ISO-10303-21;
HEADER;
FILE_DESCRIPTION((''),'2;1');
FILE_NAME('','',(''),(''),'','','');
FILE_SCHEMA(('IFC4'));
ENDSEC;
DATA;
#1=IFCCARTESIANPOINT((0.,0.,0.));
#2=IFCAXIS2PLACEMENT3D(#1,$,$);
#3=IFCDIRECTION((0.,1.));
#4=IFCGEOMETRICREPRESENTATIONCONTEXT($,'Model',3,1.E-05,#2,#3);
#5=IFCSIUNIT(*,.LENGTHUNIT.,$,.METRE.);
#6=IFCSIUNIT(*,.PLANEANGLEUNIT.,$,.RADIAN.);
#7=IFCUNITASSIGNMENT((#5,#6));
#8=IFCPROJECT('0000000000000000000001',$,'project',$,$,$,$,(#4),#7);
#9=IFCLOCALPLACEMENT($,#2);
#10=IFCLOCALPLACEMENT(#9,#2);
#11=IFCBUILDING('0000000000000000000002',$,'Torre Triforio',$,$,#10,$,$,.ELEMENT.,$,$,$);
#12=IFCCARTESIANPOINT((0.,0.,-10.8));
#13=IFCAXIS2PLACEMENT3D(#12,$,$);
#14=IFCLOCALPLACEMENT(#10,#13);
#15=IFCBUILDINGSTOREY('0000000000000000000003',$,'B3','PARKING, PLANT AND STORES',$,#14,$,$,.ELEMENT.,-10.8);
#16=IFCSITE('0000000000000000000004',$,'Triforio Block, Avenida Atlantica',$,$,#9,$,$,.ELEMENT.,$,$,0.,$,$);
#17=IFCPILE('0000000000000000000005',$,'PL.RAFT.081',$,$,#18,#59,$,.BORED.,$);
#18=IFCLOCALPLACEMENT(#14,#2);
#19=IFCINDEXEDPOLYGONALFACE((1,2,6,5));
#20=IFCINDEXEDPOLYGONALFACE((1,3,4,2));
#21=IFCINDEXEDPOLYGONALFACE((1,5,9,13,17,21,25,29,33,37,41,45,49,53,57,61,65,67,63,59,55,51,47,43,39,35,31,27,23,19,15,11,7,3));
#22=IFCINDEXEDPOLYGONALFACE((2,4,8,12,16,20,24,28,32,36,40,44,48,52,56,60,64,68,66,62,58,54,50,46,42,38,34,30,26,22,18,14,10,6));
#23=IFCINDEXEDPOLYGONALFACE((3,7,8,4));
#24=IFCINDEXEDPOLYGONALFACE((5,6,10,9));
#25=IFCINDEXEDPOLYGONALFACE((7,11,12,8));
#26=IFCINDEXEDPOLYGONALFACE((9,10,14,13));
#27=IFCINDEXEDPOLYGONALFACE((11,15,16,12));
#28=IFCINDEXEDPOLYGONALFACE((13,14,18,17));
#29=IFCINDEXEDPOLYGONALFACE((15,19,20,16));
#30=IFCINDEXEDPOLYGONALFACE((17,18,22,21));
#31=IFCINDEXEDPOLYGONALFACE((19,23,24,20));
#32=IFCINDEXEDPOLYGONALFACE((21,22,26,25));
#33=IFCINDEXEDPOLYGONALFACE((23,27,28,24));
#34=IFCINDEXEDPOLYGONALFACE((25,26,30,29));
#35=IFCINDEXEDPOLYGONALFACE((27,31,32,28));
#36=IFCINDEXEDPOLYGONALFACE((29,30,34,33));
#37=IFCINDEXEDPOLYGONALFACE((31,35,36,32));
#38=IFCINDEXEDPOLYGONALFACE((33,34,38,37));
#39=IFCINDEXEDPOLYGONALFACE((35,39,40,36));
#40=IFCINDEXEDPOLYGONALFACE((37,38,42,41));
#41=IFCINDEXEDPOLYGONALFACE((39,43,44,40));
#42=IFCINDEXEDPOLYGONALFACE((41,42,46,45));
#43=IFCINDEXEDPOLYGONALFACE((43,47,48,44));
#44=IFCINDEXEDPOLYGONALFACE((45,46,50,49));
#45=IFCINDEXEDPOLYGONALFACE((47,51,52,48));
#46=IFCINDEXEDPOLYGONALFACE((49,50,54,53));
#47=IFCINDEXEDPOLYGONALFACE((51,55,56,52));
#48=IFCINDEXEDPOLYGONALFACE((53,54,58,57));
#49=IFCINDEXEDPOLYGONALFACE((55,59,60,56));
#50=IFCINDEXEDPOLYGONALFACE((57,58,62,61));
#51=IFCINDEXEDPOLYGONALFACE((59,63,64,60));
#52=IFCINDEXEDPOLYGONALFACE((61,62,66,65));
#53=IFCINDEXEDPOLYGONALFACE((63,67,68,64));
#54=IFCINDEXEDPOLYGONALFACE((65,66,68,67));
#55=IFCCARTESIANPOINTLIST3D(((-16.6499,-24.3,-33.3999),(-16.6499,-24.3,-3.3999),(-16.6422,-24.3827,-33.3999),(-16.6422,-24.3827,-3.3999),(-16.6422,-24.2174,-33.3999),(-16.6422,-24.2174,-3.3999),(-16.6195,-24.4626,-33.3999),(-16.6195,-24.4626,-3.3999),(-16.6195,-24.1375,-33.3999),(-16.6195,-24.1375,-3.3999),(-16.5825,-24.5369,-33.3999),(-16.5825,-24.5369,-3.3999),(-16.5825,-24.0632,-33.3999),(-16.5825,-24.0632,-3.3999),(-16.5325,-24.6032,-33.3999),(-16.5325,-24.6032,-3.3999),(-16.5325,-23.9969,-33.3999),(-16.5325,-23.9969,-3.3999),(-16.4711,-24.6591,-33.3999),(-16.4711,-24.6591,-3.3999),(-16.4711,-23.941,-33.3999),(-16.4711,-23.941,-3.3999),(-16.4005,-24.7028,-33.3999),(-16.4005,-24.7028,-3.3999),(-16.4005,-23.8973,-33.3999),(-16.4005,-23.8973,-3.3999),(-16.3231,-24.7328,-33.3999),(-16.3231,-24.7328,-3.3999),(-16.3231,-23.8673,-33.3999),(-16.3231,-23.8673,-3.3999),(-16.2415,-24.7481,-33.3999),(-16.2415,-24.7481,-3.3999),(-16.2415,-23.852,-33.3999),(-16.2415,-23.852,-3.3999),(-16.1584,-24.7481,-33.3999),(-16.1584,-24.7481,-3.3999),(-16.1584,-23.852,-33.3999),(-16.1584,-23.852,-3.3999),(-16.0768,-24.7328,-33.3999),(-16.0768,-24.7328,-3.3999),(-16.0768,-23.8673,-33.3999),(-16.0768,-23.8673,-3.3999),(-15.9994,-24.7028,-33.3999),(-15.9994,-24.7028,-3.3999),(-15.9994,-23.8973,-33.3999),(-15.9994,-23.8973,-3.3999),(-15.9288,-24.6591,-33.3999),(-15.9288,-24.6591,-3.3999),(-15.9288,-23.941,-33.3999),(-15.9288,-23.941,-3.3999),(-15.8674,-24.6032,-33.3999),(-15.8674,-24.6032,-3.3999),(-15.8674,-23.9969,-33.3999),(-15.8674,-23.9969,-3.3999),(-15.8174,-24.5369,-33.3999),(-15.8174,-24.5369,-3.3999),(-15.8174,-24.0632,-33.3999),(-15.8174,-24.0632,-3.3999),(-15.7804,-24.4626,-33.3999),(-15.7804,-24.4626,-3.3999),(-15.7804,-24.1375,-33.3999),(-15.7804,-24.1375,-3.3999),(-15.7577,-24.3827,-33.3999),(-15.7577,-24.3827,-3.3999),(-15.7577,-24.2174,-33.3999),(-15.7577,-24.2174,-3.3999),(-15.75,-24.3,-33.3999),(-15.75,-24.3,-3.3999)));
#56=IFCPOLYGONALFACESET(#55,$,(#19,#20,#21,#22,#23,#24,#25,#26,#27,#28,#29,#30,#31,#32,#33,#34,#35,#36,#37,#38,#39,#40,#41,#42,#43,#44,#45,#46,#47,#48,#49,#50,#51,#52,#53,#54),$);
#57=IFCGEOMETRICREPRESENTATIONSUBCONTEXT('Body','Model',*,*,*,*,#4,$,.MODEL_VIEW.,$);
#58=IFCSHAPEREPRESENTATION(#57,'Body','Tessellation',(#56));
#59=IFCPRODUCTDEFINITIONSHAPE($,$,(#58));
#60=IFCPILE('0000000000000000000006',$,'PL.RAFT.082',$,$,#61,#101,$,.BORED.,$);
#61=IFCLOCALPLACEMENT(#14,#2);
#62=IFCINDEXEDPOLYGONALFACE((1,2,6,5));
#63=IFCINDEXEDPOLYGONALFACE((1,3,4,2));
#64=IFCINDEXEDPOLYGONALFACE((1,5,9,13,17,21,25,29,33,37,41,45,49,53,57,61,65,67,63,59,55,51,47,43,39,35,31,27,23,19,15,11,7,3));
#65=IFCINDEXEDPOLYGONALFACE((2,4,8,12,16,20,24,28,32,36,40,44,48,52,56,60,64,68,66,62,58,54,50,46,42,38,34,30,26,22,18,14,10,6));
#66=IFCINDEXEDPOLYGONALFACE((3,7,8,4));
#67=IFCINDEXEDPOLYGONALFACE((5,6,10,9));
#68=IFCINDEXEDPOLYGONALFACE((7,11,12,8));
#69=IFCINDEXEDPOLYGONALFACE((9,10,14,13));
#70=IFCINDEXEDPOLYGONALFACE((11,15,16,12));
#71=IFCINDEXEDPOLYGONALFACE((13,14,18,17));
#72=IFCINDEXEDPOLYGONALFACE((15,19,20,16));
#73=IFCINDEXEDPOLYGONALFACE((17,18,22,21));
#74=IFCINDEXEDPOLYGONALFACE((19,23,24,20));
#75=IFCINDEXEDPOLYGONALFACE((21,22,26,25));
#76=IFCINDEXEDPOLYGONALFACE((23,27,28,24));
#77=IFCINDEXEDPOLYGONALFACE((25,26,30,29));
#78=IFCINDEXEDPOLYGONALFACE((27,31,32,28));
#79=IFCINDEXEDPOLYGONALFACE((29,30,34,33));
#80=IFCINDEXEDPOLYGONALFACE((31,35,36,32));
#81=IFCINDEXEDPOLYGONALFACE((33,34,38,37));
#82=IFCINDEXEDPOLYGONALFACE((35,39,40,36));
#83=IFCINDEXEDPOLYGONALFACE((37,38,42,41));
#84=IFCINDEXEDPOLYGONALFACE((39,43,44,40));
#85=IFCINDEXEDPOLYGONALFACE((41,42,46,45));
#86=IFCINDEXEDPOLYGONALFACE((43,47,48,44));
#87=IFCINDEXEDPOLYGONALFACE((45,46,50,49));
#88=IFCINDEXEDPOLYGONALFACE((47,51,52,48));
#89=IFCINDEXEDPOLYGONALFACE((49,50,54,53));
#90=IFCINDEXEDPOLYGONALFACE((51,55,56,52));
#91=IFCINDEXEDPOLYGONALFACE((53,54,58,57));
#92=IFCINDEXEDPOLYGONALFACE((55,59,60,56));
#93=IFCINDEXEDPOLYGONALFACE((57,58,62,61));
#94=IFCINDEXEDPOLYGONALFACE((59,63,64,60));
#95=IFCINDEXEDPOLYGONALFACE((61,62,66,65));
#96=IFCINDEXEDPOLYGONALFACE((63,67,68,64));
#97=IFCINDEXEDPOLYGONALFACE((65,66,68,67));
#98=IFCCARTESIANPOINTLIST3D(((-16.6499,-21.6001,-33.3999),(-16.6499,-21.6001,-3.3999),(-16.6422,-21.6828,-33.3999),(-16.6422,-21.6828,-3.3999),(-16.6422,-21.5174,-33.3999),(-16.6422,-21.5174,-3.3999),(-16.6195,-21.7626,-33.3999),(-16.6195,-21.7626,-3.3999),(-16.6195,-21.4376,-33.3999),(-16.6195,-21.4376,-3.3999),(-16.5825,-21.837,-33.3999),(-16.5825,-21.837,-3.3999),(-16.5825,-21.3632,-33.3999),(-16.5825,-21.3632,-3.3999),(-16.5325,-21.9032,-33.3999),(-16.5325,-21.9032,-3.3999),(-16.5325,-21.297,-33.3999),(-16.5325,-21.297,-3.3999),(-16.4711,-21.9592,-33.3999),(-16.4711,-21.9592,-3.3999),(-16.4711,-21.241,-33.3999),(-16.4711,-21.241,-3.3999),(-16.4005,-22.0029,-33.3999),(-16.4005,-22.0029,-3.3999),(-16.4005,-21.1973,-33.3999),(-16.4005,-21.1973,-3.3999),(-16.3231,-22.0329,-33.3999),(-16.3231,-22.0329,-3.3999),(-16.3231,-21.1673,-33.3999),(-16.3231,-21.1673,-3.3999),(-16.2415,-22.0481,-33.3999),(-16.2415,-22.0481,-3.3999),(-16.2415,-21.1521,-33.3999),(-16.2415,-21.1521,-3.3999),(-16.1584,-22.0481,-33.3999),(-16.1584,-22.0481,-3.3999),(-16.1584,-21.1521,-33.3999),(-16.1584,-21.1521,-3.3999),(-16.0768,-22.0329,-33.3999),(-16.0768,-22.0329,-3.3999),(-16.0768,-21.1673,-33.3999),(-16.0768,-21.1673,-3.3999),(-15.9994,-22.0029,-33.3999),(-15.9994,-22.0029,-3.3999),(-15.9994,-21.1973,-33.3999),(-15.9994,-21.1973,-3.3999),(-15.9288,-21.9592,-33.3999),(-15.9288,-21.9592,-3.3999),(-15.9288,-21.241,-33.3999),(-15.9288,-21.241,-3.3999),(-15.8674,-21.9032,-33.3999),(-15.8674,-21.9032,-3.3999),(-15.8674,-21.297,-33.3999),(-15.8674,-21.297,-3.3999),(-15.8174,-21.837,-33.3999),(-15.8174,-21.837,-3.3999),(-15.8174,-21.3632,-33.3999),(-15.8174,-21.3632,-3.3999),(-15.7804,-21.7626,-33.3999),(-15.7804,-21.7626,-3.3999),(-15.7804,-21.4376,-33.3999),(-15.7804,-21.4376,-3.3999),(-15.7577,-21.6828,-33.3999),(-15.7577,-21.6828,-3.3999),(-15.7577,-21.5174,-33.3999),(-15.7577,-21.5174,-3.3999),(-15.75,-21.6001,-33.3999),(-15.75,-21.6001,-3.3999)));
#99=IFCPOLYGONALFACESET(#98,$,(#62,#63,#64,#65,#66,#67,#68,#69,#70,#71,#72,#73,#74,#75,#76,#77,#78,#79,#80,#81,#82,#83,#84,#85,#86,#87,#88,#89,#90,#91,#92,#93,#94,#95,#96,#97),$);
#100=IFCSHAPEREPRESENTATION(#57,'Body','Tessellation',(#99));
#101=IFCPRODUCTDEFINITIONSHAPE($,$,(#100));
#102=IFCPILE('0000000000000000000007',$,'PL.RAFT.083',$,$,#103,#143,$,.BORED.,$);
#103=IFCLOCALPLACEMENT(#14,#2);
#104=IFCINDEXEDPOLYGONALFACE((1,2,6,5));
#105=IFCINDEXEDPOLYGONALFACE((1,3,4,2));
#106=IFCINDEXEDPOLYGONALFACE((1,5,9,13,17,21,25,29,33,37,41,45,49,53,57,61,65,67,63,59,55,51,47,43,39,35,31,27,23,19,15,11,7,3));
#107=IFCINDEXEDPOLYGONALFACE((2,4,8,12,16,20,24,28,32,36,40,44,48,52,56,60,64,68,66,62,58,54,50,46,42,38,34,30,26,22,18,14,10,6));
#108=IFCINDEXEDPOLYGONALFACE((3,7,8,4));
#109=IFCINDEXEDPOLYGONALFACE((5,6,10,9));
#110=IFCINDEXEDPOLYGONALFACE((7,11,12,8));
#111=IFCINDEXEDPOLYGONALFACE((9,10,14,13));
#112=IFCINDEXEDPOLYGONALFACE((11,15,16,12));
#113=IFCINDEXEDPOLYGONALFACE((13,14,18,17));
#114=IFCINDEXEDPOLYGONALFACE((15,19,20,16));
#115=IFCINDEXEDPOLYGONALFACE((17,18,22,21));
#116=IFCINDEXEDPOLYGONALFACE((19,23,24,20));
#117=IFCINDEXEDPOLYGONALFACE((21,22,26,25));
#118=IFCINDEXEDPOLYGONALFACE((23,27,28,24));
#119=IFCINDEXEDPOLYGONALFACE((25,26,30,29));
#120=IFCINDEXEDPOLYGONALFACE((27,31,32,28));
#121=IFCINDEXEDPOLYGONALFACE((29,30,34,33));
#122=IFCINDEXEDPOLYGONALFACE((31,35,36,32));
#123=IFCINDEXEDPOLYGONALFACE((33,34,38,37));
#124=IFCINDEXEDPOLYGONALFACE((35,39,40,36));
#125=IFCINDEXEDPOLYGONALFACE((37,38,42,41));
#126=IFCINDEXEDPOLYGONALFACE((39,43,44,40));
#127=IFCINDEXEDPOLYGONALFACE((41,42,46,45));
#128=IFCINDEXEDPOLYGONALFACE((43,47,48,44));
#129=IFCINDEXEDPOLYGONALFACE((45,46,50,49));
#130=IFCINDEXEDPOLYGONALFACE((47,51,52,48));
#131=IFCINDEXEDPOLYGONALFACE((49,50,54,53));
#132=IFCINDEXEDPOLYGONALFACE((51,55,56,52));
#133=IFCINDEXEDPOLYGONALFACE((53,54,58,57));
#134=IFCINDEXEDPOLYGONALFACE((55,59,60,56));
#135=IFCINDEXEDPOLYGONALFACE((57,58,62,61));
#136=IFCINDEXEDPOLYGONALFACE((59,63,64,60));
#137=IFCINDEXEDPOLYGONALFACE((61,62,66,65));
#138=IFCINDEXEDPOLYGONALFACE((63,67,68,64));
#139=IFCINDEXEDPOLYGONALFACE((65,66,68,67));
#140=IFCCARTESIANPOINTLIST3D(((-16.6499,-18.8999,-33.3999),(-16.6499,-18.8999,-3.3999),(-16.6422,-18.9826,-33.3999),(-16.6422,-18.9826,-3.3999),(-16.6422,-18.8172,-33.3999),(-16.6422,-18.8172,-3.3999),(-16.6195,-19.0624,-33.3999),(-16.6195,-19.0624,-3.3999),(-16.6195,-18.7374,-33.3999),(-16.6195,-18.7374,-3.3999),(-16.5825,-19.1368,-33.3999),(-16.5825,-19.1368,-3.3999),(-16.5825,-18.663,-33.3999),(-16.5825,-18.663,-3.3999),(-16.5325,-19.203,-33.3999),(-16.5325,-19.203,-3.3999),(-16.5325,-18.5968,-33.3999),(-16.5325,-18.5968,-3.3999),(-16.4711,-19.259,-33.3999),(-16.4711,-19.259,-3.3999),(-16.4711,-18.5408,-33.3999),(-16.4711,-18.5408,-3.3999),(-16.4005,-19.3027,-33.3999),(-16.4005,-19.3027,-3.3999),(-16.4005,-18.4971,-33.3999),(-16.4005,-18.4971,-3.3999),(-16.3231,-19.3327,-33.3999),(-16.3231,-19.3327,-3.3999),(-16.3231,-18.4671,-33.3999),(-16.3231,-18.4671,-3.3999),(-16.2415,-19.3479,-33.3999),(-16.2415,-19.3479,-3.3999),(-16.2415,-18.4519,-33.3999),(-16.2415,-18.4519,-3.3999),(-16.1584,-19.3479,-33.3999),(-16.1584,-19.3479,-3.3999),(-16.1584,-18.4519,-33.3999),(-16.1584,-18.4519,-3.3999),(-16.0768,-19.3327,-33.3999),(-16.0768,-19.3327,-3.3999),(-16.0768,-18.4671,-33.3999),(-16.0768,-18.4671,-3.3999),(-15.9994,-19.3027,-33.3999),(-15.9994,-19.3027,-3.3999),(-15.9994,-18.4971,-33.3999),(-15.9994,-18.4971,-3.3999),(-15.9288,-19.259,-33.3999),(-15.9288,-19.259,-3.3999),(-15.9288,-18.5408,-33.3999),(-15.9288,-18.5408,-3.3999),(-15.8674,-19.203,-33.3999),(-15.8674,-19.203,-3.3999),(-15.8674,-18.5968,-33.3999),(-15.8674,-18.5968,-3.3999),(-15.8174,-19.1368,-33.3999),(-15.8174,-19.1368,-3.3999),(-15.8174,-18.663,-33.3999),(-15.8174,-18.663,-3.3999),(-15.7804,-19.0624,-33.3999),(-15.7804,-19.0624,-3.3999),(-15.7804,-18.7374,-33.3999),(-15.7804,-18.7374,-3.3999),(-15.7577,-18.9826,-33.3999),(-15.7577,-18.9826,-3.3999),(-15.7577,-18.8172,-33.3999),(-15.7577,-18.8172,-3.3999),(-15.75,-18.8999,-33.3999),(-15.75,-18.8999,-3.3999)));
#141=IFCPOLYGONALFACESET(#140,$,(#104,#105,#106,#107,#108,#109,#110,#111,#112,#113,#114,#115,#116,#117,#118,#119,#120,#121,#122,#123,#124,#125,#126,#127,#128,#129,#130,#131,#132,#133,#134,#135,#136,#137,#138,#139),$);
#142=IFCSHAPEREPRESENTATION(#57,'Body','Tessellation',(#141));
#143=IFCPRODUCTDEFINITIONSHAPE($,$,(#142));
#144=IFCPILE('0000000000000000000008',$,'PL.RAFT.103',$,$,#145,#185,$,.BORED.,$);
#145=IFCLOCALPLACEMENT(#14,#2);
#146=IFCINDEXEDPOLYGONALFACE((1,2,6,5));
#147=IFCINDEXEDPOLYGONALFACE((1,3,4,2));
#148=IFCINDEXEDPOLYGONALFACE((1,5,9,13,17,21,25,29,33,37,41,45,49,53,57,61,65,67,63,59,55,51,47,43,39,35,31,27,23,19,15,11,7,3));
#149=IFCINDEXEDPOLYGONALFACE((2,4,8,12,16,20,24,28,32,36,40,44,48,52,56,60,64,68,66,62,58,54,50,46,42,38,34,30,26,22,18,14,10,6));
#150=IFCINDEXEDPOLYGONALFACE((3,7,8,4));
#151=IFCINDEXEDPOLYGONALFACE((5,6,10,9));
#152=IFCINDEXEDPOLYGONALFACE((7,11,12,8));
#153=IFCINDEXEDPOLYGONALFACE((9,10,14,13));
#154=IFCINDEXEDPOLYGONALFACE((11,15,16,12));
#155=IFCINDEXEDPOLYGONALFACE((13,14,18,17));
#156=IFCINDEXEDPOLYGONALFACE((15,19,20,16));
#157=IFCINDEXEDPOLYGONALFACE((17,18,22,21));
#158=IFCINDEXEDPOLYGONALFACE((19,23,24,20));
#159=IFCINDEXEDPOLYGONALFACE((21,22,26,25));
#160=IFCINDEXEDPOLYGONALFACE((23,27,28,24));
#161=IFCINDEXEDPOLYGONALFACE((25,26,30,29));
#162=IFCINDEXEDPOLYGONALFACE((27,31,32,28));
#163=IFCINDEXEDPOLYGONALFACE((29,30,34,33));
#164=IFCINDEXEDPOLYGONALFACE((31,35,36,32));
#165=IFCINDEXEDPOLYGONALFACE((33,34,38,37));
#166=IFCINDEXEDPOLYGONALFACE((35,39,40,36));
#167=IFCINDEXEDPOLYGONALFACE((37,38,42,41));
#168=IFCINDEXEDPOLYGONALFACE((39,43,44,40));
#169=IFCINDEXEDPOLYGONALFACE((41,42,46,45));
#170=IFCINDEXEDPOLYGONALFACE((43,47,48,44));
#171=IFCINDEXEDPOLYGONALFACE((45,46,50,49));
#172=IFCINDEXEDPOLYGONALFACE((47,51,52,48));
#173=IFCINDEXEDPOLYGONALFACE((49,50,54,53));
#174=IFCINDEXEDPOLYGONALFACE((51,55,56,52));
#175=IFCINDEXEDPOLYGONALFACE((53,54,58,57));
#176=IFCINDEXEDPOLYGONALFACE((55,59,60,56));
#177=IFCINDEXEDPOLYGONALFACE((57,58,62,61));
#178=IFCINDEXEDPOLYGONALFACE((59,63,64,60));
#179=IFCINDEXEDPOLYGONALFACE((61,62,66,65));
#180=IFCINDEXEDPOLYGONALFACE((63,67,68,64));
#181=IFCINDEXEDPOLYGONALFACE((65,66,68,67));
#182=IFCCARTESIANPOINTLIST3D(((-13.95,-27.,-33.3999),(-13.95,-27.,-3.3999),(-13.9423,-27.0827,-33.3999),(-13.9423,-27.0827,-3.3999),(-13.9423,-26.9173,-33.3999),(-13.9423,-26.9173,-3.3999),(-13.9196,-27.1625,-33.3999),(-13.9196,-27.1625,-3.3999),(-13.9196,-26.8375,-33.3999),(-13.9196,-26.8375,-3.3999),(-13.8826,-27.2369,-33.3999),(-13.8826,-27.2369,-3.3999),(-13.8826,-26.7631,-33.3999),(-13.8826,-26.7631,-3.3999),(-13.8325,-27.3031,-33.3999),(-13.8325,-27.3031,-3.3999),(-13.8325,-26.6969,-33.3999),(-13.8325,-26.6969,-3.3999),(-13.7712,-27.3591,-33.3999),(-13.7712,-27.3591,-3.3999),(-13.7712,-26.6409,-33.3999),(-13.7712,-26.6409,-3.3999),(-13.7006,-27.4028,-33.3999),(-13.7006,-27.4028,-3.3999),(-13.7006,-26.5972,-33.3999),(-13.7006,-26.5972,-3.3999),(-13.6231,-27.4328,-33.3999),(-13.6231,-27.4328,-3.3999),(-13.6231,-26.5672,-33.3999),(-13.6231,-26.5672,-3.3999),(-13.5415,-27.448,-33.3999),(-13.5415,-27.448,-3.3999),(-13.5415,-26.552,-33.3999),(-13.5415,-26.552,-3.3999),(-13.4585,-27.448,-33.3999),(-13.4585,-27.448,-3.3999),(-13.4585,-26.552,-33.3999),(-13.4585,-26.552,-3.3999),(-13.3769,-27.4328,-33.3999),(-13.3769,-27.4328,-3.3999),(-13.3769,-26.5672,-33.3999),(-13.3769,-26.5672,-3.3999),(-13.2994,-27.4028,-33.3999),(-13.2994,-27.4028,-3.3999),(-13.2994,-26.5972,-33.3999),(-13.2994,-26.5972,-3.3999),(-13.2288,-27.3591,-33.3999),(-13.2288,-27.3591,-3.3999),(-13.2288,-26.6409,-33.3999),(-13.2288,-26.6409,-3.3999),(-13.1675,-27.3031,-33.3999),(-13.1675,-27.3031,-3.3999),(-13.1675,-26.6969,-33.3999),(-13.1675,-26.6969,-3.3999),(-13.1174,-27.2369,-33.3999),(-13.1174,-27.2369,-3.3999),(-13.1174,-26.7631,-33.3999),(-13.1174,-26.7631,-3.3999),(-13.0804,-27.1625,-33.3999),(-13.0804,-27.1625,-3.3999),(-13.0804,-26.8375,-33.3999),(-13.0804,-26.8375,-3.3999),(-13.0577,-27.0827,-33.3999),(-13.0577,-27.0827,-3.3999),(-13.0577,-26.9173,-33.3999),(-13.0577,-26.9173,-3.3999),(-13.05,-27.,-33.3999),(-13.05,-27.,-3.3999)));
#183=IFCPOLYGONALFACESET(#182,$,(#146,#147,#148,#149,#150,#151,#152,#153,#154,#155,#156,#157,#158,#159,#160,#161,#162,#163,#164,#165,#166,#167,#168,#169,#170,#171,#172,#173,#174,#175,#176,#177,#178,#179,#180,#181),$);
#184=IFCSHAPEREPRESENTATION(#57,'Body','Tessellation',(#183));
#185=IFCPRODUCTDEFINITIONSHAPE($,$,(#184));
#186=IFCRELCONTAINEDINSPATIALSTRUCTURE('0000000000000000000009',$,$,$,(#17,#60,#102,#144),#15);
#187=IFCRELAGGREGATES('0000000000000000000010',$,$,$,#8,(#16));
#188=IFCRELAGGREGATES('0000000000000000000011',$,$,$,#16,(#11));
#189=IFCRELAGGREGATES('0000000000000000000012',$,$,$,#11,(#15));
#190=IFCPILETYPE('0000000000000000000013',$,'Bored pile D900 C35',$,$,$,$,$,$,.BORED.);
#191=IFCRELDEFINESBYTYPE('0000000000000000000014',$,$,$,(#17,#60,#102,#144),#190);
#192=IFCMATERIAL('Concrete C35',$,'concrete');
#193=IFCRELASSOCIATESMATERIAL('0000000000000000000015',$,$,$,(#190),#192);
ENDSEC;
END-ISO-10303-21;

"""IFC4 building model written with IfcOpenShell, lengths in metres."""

from ifc_helpers import new_model, si_unit, direction, frame, origin, origin_2d, place, context, subcontext, project, spatial, circle, extrude, material, material_profile, profile_set, type_object, element, save


model = new_model("IFC4")

# Units and contexts
model_context = context("Model", 3, precision=1e-05, world=origin(), true_north=direction((0.0, 1.0)))
body_context = subcontext(model_context, "Body", "Model", "MODEL_VIEW")
ifc_project = project(units=[si_unit("LENGTHUNIT", "METRE"), si_unit("PLANEANGLEUNIT", "RADIAN")], contexts=[model_context])

# Site, building, storey
site_placement = place(None, origin())
site = spatial("IfcSite", under=ifc_project, at=site_placement, Name="Triforio Block, Avenida Atlantica", CompositionType="ELEMENT", RefElevation=0.0)
building_placement = place(site_placement, origin())
building = spatial("IfcBuilding", under=site, at=building_placement, Name="Torre Triforio", CompositionType="ELEMENT")
storey_placement = place(building_placement, frame((0.0, 0.0, -10.8)))
storey = spatial("IfcBuildingStorey", under=building, at=storey_placement, Name="B3", Description="PARKING, PLANT AND STORES", CompositionType="ELEMENT", Elevation=-10.8)

# Piles
ifc_material_1 = material(Name="Concrete C35", Category="concrete")
ifc_material_profile_1 = material_profile(ifc_material_1, circle(Radius=0.45, at=origin_2d()), Name="RC D900")
ifc_profile_set_1 = profile_set([ifc_material_profile_1], Name="Concrete C35")
pile_type = type_object("IfcPileType", Name="Bored pile D900 C35", PredefinedType="BORED", material=ifc_profile_set_1)
for number, where, z_axis, x_axis, name in (
    (1, (-16.2, -24.3, -3.3999), (0.0, 0.0, -1.0), (1.0, 0.0, 0.0), "PL.RAFT.081"),
    (2, (-16.2, -21.6001, -3.3999), (0.0, 0.0, -1.0), (1.0, 0.0, 0.0), "PL.RAFT.082"),
    (3, (-16.2, -18.8999, -3.3999), (0.0, 0.0, -1.0), (1.0, 0.0, 0.0), "PL.RAFT.083"),
    (4, (-13.5, -27.0, -3.3999), (0.0, 0.0, -1.0), (1.0, 0.0, 0.0), "PL.RAFT.103"),
):
    element("IfcPile", number, at=place(storey_placement, frame(where, z_axis=z_axis, x_axis=x_axis)), inside=storey, type_object=pile_type, Name=name, PredefinedType="BORED", context=body_context, shape_type="SweptSolid", body=[
        extrude(circle(Radius=0.45, at=origin_2d()), origin(), (0.0, 0.0, 1.0), 30.0),
    ])

save(model, "model.ifc")
